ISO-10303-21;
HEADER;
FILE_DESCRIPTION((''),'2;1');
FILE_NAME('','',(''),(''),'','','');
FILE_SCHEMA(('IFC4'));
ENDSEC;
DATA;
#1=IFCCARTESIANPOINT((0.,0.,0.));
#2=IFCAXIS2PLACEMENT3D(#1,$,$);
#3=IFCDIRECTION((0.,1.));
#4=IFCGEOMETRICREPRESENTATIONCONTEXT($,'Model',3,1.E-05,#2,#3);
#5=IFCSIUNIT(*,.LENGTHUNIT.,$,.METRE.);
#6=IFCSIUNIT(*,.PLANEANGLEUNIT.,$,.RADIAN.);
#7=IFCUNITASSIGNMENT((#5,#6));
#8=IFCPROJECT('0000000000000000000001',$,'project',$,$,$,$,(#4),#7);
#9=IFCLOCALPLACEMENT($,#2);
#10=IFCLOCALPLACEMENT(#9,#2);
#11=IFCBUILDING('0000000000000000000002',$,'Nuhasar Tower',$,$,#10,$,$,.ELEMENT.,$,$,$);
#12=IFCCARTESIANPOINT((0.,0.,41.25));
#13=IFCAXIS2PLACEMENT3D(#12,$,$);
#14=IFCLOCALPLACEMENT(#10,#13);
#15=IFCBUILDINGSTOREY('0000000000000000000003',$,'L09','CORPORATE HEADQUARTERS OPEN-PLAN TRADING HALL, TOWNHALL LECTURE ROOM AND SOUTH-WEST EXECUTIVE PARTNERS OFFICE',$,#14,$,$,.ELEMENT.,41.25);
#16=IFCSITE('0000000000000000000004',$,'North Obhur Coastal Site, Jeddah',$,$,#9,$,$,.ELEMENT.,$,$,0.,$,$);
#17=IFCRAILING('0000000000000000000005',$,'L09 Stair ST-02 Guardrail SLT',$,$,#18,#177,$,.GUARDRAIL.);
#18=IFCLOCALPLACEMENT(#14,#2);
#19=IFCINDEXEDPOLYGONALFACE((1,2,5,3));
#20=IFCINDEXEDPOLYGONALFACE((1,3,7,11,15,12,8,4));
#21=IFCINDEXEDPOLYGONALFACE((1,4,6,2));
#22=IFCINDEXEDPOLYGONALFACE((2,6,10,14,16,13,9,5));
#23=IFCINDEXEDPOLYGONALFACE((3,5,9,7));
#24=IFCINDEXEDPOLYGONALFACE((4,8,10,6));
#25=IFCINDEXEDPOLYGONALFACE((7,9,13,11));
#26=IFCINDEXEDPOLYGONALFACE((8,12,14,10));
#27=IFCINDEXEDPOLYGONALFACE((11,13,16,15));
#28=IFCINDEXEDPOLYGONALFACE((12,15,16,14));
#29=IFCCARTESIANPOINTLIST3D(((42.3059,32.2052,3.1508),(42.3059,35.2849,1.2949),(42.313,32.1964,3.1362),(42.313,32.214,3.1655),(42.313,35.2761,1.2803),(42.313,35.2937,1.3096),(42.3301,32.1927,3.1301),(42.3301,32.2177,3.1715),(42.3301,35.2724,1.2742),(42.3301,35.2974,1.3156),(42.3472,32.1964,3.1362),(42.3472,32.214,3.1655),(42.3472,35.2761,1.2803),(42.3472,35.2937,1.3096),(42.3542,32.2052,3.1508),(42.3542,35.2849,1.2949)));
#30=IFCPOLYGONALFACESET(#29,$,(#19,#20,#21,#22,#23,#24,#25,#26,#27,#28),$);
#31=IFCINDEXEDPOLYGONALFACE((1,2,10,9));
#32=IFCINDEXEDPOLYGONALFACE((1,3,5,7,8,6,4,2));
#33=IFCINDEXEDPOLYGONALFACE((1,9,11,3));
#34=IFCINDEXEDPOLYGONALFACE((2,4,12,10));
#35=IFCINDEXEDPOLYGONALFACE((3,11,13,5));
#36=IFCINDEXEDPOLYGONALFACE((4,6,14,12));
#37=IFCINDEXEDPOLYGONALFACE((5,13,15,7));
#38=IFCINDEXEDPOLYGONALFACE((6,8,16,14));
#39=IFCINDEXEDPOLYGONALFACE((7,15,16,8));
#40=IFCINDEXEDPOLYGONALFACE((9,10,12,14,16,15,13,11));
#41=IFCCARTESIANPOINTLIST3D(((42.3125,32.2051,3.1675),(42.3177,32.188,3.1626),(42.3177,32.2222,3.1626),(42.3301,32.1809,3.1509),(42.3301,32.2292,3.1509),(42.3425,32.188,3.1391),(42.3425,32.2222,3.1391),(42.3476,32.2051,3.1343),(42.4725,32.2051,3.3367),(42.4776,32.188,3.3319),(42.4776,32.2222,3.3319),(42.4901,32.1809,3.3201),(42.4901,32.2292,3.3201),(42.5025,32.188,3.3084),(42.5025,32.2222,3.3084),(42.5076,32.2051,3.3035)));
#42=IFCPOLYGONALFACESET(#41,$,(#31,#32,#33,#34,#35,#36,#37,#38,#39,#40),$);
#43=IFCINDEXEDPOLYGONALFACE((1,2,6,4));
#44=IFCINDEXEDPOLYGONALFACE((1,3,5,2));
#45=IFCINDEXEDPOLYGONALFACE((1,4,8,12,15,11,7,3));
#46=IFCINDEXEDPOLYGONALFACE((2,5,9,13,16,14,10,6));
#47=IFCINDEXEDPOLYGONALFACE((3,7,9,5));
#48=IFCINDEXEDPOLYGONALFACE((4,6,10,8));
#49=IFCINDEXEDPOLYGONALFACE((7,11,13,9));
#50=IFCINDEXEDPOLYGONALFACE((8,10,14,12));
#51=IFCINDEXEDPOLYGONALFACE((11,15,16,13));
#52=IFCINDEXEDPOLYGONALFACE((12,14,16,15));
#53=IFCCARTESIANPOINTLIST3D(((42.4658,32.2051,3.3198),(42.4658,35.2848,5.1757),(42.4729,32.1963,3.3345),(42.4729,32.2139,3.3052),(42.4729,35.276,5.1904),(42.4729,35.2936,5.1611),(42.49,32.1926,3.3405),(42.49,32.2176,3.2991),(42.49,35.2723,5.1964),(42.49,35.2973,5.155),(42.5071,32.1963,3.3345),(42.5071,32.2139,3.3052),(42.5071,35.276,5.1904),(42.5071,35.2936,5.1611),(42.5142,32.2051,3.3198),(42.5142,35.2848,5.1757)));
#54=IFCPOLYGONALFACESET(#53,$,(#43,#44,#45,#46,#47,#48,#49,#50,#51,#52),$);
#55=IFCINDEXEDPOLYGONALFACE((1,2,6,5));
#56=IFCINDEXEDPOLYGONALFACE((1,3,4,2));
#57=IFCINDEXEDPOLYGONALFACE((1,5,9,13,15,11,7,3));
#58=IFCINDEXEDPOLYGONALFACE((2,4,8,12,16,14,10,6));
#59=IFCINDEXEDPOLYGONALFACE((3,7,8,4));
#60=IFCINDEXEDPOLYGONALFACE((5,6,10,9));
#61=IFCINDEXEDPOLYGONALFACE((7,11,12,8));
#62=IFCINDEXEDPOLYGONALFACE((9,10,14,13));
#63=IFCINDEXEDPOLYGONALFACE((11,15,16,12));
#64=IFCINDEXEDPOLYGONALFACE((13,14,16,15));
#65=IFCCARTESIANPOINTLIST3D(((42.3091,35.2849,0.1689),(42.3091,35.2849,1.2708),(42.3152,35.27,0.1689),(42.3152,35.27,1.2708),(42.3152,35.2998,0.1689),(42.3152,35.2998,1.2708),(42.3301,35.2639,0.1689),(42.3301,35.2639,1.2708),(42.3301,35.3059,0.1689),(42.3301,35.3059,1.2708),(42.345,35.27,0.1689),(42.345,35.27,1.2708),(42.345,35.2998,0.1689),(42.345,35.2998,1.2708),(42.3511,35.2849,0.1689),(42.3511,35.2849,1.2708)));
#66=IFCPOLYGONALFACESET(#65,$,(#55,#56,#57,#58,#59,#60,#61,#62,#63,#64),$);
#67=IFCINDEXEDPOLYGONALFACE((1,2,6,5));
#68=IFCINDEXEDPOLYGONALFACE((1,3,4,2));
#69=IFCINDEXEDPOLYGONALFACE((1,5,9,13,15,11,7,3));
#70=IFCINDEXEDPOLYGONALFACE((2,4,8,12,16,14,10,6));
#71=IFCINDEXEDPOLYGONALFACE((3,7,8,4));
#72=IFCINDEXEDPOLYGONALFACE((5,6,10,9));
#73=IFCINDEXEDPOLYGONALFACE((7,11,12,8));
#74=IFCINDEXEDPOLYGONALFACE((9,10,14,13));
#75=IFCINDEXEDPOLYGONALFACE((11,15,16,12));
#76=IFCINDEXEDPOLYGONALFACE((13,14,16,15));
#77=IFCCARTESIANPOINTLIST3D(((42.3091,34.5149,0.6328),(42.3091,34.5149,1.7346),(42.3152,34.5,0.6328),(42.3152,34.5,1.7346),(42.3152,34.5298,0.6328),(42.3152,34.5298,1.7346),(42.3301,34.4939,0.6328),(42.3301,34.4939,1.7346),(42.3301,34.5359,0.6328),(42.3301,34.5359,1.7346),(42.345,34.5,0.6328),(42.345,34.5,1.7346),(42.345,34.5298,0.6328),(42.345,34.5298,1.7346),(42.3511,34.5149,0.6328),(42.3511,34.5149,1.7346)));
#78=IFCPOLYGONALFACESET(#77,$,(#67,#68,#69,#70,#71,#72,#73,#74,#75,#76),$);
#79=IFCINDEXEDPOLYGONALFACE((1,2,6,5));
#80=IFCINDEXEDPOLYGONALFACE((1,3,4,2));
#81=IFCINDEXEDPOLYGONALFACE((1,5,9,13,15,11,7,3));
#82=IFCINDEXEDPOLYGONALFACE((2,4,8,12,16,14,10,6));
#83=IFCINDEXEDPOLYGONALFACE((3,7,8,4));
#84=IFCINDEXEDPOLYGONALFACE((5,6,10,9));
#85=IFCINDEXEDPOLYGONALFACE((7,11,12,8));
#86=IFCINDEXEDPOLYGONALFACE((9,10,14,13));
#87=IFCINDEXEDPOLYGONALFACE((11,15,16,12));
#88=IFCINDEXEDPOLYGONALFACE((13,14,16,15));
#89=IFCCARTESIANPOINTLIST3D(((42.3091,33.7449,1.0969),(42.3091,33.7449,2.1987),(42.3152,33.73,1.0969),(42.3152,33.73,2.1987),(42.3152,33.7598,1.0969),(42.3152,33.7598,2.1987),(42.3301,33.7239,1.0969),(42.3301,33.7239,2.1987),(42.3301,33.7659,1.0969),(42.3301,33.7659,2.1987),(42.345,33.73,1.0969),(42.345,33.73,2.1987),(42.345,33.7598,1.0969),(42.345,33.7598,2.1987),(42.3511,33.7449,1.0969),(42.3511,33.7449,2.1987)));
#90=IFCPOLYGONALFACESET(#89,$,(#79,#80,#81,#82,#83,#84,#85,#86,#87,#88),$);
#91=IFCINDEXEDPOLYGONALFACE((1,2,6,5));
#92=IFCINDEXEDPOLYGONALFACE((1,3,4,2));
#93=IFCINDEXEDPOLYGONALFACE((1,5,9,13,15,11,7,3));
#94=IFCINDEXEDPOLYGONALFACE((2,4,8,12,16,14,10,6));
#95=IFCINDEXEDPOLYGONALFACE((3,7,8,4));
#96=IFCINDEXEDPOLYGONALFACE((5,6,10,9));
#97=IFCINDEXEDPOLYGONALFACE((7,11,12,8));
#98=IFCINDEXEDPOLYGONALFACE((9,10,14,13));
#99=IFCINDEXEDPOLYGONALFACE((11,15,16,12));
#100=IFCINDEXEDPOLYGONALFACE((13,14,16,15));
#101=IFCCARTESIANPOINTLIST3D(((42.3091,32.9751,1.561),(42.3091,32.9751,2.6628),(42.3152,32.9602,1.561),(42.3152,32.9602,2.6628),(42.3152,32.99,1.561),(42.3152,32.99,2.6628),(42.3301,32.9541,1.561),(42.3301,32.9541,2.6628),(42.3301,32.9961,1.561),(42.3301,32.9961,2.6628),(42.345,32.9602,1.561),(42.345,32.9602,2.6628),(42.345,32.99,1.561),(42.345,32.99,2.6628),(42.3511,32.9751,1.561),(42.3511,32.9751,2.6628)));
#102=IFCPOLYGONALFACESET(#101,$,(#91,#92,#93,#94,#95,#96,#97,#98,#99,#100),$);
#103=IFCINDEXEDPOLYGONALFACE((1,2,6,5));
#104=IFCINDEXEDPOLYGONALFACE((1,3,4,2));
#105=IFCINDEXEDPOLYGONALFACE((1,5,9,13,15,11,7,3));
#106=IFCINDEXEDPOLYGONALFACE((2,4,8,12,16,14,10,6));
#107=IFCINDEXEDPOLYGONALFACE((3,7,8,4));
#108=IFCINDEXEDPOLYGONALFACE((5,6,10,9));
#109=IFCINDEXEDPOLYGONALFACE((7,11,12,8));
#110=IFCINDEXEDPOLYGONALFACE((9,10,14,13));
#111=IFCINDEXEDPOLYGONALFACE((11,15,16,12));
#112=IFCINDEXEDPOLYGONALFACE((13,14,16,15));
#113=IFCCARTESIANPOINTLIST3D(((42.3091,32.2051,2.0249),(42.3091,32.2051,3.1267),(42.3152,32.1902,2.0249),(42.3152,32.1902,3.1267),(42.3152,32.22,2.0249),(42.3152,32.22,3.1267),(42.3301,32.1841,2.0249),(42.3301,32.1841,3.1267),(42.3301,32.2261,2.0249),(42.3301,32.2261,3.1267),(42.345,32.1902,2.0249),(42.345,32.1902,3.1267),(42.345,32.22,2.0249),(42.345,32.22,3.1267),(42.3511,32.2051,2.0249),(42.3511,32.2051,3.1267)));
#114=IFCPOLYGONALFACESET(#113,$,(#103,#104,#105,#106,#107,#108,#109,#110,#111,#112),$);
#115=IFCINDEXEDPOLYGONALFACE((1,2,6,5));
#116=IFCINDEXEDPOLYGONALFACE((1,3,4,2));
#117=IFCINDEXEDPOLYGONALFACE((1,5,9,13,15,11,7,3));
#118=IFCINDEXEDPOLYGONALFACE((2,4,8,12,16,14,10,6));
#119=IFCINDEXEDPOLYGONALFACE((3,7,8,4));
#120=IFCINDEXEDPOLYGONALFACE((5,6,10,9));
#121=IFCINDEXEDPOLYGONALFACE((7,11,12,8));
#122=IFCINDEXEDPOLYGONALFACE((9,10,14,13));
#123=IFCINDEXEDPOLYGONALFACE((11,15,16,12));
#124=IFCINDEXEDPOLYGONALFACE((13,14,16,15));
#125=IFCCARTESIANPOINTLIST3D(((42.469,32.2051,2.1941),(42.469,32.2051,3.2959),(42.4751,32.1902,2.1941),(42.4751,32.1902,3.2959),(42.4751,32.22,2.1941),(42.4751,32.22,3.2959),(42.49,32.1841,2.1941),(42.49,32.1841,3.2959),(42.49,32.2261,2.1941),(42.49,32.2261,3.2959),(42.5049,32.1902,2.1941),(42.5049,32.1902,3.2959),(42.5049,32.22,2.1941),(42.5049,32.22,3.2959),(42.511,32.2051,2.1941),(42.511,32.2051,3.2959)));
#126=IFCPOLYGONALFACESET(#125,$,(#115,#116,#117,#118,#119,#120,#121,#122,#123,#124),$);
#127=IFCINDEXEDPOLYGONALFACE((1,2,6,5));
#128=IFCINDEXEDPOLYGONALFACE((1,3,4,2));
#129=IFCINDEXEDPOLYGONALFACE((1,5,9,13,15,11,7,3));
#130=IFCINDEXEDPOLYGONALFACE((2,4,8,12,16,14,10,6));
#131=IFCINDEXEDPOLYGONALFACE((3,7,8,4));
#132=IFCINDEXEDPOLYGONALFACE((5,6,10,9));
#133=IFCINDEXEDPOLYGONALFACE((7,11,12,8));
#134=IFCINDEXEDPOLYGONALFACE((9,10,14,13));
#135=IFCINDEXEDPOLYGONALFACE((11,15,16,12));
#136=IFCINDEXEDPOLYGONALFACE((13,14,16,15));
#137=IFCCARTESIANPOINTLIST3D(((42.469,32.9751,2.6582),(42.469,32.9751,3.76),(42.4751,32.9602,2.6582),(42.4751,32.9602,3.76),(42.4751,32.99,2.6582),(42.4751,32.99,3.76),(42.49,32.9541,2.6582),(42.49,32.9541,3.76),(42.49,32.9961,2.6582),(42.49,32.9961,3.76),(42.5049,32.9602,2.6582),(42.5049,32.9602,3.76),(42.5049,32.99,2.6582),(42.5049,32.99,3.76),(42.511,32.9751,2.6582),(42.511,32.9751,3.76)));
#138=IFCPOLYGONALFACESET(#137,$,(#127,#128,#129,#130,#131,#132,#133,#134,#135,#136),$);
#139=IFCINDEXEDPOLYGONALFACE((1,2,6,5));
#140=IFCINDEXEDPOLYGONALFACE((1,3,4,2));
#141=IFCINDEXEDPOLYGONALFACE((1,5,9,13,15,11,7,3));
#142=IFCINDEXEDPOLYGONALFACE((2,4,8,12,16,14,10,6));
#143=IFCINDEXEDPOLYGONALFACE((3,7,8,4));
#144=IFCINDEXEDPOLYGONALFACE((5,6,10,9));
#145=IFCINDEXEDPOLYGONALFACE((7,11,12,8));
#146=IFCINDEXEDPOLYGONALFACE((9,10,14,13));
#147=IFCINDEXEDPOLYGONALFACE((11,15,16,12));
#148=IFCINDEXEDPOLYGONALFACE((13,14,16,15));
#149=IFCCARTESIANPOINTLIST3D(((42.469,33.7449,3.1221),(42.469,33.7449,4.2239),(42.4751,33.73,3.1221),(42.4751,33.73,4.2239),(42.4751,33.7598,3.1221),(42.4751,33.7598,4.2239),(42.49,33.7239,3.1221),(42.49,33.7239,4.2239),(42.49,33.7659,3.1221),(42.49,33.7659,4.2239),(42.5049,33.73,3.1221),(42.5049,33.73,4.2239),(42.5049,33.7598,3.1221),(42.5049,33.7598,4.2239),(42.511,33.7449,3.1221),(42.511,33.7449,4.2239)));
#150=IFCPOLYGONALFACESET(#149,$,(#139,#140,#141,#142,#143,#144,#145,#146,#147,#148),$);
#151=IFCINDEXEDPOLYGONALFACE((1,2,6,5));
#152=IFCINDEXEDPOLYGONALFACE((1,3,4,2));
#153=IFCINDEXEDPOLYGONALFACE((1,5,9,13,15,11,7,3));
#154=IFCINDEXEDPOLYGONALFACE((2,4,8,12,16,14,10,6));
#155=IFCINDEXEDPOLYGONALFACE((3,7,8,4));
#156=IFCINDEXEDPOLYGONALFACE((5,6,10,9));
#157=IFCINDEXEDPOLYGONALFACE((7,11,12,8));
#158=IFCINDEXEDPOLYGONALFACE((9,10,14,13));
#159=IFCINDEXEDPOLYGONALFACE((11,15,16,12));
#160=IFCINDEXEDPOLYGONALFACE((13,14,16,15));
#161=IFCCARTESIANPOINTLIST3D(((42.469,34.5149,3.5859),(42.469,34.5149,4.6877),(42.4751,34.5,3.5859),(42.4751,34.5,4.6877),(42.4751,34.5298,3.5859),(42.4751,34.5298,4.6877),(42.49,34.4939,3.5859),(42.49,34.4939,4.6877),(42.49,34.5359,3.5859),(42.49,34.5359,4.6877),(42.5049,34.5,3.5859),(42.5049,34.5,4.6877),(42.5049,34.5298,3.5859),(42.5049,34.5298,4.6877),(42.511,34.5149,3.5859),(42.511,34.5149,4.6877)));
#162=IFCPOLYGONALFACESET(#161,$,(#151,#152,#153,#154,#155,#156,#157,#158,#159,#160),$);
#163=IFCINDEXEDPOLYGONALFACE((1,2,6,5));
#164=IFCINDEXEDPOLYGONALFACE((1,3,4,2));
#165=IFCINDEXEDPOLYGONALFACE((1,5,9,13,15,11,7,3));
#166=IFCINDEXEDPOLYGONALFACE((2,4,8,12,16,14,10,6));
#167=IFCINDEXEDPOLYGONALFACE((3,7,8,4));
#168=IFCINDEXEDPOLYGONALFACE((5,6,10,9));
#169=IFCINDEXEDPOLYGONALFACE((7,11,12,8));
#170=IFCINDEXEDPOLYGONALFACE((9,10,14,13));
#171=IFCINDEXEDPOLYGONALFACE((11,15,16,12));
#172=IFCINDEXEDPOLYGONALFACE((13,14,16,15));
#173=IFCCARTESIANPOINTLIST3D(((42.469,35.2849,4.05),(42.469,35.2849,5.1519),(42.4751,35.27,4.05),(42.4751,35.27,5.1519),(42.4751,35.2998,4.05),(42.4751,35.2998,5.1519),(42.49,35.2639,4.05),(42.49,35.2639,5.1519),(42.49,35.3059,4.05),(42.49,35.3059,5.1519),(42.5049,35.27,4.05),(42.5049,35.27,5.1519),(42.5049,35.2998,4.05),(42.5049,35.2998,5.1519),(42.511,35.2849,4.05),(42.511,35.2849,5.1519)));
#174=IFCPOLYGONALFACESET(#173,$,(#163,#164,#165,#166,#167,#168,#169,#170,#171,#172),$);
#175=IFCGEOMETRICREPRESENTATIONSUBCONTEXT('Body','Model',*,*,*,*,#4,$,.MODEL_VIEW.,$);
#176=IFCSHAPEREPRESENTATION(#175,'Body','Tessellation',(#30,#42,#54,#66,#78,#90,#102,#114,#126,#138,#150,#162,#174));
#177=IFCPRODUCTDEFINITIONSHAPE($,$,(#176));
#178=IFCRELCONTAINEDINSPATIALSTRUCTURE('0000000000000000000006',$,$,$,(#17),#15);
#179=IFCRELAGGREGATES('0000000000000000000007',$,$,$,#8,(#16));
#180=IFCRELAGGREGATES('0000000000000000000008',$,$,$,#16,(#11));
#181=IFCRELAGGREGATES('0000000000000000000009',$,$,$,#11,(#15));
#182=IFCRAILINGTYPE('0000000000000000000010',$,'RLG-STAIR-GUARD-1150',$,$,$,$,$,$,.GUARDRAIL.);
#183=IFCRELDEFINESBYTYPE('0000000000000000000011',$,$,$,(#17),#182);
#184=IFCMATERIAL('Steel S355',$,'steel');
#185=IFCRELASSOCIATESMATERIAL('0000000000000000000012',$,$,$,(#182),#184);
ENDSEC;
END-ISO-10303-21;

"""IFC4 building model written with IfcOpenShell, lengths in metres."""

from ifc_helpers import new_model, si_unit, direction, frame, origin, place, context, subcontext, project, spatial, polyline, outline, extrude, material, type_object, element, save


model = new_model("IFC4")

# Units and contexts
model_context = context("Model", 3, precision=1e-05, world=origin(), true_north=direction((0.0, 1.0)))
body_context = subcontext(model_context, "Body", "Model", "MODEL_VIEW")
ifc_project = project(units=[si_unit("LENGTHUNIT", "METRE"), si_unit("PLANEANGLEUNIT", "RADIAN")], contexts=[model_context])

# Site, building, storey
site_placement = place(None, origin())
site = spatial("IfcSite", under=ifc_project, at=site_placement, Name="North Obhur Coastal Site, Jeddah", CompositionType="ELEMENT", RefElevation=0.0)
building_placement = place(site_placement, origin())
building = spatial("IfcBuilding", under=site, at=building_placement, Name="Nuhasar Tower", CompositionType="ELEMENT")
storey_placement = place(building_placement, frame((0.0, 0.0, 41.25)))
storey = spatial("IfcBuildingStorey", under=building, at=storey_placement, Name="L09", Description="CORPORATE HEADQUARTERS OPEN-PLAN TRADING HALL, TOWNHALL LECTURE ROOM AND SOUTH-WEST EXECUTIVE PARTNERS OFFICE", CompositionType="ELEMENT", Elevation=41.25)

# Shared definitions
ifc_material_1 = material(Name="Steel S355", Category="steel")

# Railing
railing_type_1 = type_object("IfcRailingType", Name="RLG-STAIR-GUARD-1150", PredefinedType="GUARDRAIL", material=ifc_material_1)
railing_1_placement = place(storey_placement, frame((42.3301, 35.2849, 0.1689)))
element("IfcRailing", 1, at=railing_1_placement, inside=storey, type_object=railing_type_1, Name="L09 Stair ST-02 Guardrail SLT", PredefinedType="GUARDRAIL", context=body_context, shape_type="SweptSolid", body=[
    extrude(outline(polyline([(0.0242, 0.0), (0.0171, 0.0171), (0.0, 0.0242), (-0.0171, 0.0171), (-0.0242, 0.0), (-0.0171, -0.0171), (0.0, -0.0242), (0.0171, -0.0171), (0.0242, 0.0)])), frame((0.0, 0.0, 1.126), z_axis=(0.0, -0.856503, 0.516142), x_axis=(1.0, 0.0, 0.0)), (0.0, 0.0, 1.0), 3.5957),
    extrude(outline(polyline([(0.0242, 0.0), (0.0171, 0.0171), (0.0, 0.0242), (-0.0171, 0.0171), (-0.0242, 0.0), (-0.0171, -0.0171), (0.0, -0.0242), (0.0171, -0.0171), (0.0242, 0.0)])), frame((0.0, -3.0798, 2.9819), z_axis=(0.686901, 0.0, 0.726751), x_axis=(0.0, 1.0, 0.0)), (0.0, 0.0, 1.0), 0.2329),
    extrude(outline(polyline([(0.0242, 0.0), (0.0171, 0.0171), (0.0, 0.0242), (-0.0171, 0.0171), (-0.0242, 0.0), (-0.0171, -0.0171), (0.0, -0.0242), (0.0171, -0.0171), (0.0242, 0.0)])), frame((0.1599, -3.0798, 3.1509), z_axis=(0.0, 0.856503, 0.516142), x_axis=(-1.0, 0.0, 0.0)), (0.0, 0.0, 1.0), 3.5957),
    extrude(outline(polyline([(0.021, 0.0), (0.0149, 0.0149), (0.0, 0.021), (-0.0149, 0.0149), (-0.021, 0.0), (-0.0149, -0.0149), (0.0, -0.021), (0.0149, -0.0149), (0.021, 0.0)])), origin(), (0.0, 0.0, 1.0), 1.1018),
    extrude(outline(polyline([(0.021, 0.0), (0.0149, 0.0149), (0.0, 0.021), (-0.0149, 0.0149), (-0.021, 0.0), (-0.0149, -0.0149), (0.0, -0.021), (0.0149, -0.0149), (0.021, 0.0)])), frame((0.0, -0.77, 0.4639)), (0.0, 0.0, 1.0), 1.1018),
    extrude(outline(polyline([(0.021, 0.0), (0.0149, 0.0149), (0.0, 0.021), (-0.0149, 0.0149), (-0.021, 0.0), (-0.0149, -0.0149), (0.0, -0.021), (0.0149, -0.0149), (0.021, 0.0)])), frame((0.0, -1.54, 0.928)), (0.0, 0.0, 1.0), 1.1018),
    extrude(outline(polyline([(0.021, 0.0), (0.0149, 0.0149), (0.0, 0.021), (-0.0149, 0.0149), (-0.021, 0.0), (-0.0149, -0.0149), (0.0, -0.021), (0.0149, -0.0149), (0.021, 0.0)])), frame((0.0, -2.3098, 1.3921)), (0.0, 0.0, 1.0), 1.1018),
    extrude(outline(polyline([(0.021, 0.0), (0.0149, 0.0149), (0.0, 0.021), (-0.0149, 0.0149), (-0.021, 0.0), (-0.0149, -0.0149), (0.0, -0.021), (0.0149, -0.0149), (0.021, 0.0)])), frame((0.0, -3.0798, 1.856)), (0.0, 0.0, 1.0), 1.1018),
    extrude(outline(polyline([(0.021, 0.0), (0.0149, 0.0149), (0.0, 0.021), (-0.0149, 0.0149), (-0.021, 0.0), (-0.0149, -0.0149), (0.0, -0.021), (0.0149, -0.0149), (0.021, 0.0)])), frame((0.1599, -3.0798, 2.0251)), (0.0, 0.0, 1.0), 1.1018),
    extrude(outline(polyline([(0.021, 0.0), (0.0149, 0.0149), (0.0, 0.021), (-0.0149, 0.0149), (-0.021, 0.0), (-0.0149, -0.0149), (0.0, -0.021), (0.0149, -0.0149), (0.021, 0.0)])), frame((0.1599, -2.3098, 2.4893)), (0.0, 0.0, 1.0), 1.1018),
    extrude(outline(polyline([(0.021, 0.0), (0.0149, 0.0149), (0.0, 0.021), (-0.0149, 0.0149), (-0.021, 0.0), (-0.0149, -0.0149), (0.0, -0.021), (0.0149, -0.0149), (0.021, 0.0)])), frame((0.1599, -1.54, 2.9531)), (0.0, 0.0, 1.0), 1.1018),
    extrude(outline(polyline([(0.021, 0.0), (0.0149, 0.0149), (0.0, 0.021), (-0.0149, 0.0149), (-0.021, 0.0), (-0.0149, -0.0149), (0.0, -0.021), (0.0149, -0.0149), (0.021, 0.0)])), frame((0.1599, -0.77, 3.417)), (0.0, 0.0, 1.0), 1.1018),
    extrude(outline(polyline([(0.021, 0.0), (0.0149, 0.0149), (0.0, 0.021), (-0.0149, 0.0149), (-0.021, 0.0), (-0.0149, -0.0149), (0.0, -0.021), (0.0149, -0.0149), (0.021, 0.0)])), frame((0.1599, 0.0, 3.8811)), (0.0, 0.0, 1.0), 1.1018),
])

save(model, "model.ifc")
